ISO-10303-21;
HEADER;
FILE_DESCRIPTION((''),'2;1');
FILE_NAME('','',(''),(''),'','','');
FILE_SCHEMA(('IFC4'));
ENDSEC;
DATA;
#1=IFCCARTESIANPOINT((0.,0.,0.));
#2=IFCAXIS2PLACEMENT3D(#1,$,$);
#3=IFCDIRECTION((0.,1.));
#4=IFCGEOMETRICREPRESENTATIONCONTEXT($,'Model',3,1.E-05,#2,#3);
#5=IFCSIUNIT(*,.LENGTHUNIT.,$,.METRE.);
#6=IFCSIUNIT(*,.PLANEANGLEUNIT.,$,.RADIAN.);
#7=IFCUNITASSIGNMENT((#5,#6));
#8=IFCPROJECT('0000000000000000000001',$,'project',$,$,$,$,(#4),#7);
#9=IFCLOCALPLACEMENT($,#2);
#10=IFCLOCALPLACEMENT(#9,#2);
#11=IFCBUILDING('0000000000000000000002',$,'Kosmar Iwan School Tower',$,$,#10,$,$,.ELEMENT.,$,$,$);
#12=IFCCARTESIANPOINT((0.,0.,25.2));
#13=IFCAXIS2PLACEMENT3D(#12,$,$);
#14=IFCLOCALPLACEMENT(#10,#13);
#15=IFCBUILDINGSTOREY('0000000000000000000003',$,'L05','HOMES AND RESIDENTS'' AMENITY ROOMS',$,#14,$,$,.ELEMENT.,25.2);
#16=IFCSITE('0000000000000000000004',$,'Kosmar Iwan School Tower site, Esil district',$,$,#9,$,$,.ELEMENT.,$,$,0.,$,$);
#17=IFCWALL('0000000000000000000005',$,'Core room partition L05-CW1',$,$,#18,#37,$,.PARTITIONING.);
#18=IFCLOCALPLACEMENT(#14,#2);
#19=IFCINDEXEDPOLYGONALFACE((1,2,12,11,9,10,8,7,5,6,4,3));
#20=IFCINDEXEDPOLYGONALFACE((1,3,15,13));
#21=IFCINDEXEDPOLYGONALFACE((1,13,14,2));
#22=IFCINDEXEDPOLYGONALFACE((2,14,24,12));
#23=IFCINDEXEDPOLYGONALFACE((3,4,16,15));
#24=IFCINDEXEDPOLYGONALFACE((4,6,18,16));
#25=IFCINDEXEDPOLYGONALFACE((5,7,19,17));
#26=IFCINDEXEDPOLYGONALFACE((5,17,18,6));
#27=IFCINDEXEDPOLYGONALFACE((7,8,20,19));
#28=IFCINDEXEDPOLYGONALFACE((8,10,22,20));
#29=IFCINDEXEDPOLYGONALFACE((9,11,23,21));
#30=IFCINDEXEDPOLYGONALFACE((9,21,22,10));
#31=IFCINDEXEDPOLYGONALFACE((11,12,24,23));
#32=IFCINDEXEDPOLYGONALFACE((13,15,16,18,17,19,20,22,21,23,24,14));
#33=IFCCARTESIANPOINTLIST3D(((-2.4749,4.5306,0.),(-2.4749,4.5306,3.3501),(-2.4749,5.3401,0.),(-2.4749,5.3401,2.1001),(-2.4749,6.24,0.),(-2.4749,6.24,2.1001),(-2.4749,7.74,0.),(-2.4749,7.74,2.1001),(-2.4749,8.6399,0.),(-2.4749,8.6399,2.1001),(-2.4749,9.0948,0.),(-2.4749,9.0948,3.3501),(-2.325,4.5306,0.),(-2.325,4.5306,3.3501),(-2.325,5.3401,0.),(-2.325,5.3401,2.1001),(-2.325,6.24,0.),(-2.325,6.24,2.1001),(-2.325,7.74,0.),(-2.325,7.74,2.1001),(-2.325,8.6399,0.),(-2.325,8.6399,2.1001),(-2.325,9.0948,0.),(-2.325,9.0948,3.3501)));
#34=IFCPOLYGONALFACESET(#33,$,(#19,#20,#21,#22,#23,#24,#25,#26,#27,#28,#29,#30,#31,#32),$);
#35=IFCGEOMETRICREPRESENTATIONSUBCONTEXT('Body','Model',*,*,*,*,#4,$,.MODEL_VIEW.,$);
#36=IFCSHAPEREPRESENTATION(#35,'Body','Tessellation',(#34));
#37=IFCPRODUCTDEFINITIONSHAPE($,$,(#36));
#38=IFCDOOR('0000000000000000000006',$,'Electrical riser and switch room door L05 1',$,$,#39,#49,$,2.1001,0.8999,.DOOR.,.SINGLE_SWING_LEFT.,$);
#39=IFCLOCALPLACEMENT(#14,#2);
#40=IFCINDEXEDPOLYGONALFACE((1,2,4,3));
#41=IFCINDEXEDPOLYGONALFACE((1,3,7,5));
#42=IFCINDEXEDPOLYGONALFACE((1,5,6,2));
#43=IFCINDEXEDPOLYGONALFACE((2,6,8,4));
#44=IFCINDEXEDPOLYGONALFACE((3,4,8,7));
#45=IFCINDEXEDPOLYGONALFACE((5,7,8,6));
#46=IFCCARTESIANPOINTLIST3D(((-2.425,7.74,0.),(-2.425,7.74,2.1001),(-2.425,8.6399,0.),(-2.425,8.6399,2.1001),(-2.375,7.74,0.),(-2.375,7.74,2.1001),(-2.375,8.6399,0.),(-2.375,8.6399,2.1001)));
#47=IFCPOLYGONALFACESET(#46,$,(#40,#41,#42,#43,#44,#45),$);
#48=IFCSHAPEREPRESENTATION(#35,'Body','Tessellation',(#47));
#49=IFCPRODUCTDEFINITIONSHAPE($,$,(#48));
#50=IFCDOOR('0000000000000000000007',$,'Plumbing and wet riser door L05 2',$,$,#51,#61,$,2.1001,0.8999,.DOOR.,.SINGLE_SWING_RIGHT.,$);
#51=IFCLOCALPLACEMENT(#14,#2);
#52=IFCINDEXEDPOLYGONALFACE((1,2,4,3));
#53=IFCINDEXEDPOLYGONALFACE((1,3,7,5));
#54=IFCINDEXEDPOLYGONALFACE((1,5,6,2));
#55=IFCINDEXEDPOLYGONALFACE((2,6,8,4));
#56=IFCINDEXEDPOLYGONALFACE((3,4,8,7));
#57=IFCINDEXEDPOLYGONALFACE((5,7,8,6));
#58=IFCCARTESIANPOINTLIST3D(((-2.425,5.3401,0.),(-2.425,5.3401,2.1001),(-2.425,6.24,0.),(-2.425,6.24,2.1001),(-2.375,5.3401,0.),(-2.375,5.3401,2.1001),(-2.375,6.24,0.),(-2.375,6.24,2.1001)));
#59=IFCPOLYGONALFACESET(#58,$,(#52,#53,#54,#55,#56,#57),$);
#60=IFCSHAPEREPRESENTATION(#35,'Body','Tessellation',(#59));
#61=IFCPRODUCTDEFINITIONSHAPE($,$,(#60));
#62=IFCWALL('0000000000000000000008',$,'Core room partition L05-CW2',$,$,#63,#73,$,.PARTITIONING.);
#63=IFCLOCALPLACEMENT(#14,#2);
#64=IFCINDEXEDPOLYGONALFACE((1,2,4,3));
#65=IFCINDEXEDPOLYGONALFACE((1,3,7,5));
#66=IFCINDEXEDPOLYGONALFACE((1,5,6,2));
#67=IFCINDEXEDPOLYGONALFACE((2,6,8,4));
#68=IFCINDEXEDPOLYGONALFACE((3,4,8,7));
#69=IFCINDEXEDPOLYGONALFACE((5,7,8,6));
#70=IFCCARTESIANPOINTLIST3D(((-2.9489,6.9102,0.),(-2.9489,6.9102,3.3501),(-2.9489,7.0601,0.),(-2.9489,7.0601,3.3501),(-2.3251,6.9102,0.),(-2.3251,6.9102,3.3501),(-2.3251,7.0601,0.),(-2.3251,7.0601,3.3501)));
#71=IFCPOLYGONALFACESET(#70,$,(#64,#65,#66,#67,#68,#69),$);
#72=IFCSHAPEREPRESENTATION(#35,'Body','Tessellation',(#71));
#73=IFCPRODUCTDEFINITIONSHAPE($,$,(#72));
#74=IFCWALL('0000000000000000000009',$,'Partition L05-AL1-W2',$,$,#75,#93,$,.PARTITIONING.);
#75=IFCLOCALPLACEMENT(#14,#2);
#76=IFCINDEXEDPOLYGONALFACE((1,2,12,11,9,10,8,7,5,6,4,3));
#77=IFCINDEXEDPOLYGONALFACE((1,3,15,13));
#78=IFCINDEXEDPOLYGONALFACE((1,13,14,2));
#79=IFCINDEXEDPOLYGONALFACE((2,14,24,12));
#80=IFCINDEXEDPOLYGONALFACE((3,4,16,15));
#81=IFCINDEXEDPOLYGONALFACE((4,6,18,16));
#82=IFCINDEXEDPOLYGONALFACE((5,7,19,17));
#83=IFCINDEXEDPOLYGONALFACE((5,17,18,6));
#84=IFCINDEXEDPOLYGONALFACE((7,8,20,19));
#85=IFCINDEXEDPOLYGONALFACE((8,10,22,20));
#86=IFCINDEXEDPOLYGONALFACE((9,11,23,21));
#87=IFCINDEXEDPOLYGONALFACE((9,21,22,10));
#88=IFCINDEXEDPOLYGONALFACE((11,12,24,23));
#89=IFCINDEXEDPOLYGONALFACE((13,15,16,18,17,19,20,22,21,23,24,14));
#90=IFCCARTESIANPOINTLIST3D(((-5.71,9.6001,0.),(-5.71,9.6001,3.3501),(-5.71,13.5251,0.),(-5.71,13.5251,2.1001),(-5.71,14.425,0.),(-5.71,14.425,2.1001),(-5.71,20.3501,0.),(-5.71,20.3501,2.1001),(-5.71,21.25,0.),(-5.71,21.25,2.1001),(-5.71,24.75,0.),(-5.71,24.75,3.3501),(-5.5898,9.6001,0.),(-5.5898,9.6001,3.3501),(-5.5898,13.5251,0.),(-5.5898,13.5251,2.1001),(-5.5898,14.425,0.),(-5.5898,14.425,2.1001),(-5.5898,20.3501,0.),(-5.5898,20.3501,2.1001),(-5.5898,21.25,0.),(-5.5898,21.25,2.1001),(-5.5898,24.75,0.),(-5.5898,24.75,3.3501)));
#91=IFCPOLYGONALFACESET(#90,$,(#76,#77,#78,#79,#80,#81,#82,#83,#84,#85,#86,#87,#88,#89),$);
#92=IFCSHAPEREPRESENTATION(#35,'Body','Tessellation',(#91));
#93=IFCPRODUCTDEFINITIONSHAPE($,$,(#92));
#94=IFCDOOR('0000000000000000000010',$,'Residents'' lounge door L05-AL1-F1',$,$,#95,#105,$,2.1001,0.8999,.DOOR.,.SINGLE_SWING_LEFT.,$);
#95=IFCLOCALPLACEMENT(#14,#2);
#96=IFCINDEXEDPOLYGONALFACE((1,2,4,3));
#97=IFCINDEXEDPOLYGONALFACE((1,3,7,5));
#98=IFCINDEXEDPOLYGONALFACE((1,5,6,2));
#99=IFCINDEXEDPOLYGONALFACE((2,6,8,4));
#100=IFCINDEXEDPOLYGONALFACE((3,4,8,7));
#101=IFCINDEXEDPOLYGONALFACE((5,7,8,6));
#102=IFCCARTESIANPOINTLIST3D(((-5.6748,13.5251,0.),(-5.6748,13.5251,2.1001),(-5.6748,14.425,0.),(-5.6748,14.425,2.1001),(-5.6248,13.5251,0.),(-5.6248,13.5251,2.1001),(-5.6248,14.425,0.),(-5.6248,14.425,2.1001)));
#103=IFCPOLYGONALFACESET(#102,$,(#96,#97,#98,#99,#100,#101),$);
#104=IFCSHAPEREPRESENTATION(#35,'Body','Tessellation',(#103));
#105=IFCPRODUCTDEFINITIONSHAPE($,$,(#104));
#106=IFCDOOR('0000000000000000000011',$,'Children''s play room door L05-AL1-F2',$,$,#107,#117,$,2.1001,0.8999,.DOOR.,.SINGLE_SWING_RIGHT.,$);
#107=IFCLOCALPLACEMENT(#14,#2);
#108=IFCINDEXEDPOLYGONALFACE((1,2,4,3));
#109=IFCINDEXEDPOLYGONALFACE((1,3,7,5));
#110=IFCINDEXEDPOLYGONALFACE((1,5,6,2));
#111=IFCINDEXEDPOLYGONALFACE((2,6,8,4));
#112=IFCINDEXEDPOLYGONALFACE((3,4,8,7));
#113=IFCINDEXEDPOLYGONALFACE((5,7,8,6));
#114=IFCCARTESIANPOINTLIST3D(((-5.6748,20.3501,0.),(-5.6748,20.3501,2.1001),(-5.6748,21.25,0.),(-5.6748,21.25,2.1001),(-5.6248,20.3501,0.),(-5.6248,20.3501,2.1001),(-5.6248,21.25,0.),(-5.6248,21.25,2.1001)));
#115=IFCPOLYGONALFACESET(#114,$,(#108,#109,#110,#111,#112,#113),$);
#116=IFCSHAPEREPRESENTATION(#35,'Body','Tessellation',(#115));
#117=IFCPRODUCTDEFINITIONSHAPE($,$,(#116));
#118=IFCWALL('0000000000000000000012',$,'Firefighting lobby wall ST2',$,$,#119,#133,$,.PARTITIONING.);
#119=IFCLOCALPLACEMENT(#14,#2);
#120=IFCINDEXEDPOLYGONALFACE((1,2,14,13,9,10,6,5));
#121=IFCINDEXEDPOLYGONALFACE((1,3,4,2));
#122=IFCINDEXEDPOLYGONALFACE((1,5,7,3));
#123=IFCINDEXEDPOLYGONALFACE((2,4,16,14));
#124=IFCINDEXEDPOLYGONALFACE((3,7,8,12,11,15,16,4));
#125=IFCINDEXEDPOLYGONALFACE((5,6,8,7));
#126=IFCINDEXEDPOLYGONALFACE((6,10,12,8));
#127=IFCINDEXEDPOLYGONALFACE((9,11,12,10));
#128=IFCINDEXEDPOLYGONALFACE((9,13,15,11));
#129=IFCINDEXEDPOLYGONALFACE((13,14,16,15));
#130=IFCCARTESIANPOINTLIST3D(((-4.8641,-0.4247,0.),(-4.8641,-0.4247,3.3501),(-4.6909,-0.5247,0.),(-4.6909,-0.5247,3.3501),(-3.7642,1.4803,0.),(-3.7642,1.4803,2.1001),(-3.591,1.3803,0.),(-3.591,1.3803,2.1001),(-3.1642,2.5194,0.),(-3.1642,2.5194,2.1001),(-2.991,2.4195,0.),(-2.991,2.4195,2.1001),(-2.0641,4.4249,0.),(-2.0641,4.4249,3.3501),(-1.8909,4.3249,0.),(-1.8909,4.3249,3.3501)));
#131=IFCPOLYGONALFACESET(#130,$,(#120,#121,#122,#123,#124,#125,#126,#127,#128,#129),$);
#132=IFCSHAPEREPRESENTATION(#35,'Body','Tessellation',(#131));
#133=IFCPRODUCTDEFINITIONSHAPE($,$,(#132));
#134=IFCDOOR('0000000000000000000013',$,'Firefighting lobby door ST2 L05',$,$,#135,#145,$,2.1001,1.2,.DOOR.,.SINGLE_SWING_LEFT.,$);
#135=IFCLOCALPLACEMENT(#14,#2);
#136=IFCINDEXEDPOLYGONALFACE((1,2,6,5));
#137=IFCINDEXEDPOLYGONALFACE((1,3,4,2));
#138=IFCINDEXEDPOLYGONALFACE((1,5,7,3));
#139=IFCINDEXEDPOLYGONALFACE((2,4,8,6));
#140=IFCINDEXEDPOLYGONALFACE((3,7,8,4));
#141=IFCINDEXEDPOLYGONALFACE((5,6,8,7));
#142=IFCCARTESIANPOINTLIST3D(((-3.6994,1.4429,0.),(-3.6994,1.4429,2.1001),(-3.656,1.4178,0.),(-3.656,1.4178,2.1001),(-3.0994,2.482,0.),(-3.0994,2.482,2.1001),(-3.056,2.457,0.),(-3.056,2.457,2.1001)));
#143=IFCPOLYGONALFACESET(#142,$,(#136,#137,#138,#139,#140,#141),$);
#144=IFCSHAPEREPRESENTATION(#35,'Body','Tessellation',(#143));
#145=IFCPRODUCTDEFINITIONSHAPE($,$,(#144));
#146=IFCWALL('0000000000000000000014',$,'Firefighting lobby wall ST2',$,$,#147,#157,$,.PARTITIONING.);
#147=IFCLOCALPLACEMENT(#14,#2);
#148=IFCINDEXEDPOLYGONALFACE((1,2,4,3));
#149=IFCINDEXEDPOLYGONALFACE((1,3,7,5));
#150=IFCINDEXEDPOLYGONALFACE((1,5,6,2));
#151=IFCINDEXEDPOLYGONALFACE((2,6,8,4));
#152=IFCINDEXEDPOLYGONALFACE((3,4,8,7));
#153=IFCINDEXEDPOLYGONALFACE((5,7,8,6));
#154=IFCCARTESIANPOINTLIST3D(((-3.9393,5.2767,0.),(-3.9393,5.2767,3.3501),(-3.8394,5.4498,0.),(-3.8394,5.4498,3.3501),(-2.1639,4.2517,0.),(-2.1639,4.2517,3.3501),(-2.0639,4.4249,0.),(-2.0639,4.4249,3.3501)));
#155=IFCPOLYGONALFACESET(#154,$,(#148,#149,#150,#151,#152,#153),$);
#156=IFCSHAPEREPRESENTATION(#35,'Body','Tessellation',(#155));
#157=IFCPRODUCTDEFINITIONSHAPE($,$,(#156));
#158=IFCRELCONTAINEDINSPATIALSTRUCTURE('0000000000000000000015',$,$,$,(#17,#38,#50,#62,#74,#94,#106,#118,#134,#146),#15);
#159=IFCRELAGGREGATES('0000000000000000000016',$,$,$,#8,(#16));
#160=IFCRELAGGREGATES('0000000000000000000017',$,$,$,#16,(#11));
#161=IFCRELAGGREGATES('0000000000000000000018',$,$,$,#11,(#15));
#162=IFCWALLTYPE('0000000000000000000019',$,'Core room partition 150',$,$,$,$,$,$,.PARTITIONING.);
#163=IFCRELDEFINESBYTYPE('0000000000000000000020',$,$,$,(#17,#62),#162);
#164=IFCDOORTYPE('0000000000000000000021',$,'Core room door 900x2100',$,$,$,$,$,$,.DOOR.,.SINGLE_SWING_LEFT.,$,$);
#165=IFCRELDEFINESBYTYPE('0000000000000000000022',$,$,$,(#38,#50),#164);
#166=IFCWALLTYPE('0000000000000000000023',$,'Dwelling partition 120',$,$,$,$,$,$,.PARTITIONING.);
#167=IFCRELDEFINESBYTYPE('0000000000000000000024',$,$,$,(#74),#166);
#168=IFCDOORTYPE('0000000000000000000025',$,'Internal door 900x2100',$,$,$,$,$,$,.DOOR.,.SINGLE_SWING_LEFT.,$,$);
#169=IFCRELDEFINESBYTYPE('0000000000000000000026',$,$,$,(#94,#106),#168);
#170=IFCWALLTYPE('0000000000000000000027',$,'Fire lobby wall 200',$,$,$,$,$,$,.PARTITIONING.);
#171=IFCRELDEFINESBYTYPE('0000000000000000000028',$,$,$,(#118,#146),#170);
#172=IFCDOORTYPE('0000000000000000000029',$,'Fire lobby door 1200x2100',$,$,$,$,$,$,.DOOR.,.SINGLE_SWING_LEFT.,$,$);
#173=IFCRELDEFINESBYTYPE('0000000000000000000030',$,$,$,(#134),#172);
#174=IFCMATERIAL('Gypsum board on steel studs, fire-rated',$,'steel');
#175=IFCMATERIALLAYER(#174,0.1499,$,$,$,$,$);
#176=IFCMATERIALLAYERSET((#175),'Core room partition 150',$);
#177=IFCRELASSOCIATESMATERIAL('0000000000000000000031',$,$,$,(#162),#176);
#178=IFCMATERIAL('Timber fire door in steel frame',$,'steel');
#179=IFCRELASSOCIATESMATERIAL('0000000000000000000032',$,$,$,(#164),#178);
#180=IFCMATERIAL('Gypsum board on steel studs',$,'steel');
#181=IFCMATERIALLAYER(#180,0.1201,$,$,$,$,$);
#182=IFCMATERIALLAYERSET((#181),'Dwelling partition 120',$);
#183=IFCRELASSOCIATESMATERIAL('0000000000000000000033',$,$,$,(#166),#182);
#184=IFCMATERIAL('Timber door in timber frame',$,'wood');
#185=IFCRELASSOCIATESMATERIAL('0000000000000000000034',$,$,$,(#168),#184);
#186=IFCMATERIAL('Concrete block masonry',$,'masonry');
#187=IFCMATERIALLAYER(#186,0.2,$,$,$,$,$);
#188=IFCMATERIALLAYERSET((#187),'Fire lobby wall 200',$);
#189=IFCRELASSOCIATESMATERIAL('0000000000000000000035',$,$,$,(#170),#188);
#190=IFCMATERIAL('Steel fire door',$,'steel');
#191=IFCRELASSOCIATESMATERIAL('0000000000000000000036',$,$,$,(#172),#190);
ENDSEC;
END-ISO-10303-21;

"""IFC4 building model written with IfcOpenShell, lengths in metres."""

from ifc_helpers import new_model, si_unit, direction, frame, frame_2d, origin, place, context, subcontext, project, spatial, rectangle, extrude, material, layer, layer_set, type_object, element, fill, save


model = new_model("IFC4")

# Units and contexts
model_context = context("Model", 3, precision=1e-05, world=origin(), true_north=direction((0.0, 1.0)))
body_context = subcontext(model_context, "Body", "Model", "MODEL_VIEW")
ifc_project = project(units=[si_unit("LENGTHUNIT", "METRE"), si_unit("PLANEANGLEUNIT", "RADIAN")], contexts=[model_context])

# Site, building, storey
site_placement = place(None, origin())
site = spatial("IfcSite", under=ifc_project, at=site_placement, Name="Kosmar Iwan School Tower site, Esil district", CompositionType="ELEMENT", RefElevation=0.0)
building_placement = place(site_placement, origin())
building = spatial("IfcBuilding", under=site, at=building_placement, Name="Kosmar Iwan School Tower", CompositionType="ELEMENT")
storey_placement = place(building_placement, frame((0.0, 0.0, 25.2)))
storey = spatial("IfcBuildingStorey", under=building, at=storey_placement, Name="L05", Description="HOMES AND RESIDENTS' AMENITY ROOMS", CompositionType="ELEMENT", Elevation=25.2)

# Wall, openings, doors
ifc_material_1 = material(Name="Gypsum board on steel studs, fire-rated", Category="steel")
ifc_layer_1 = layer(ifc_material_1, 0.1499)
ifc_layer_set_1 = layer_set([ifc_layer_1], Name="Core room partition 150")
wall_type_1 = type_object("IfcWallType", Name="Core room partition 150", PredefinedType="PARTITIONING", material=ifc_layer_set_1)
wall_1_placement = place(storey_placement, frame((-2.3999, 9.095, 0.0), z_axis=(0.0, 0.0, 1.0), x_axis=(0.0, -1.0, 0.0)))
wall_1 = element("IfcWall", 1, at=wall_1_placement, inside=storey, type_object=wall_type_1, Name="Core room partition L05-CW1", PredefinedType="PARTITIONING", context=body_context, shape_type="SweptSolid", body=[
    extrude(rectangle(XDim=4.5642, YDim=0.1499, at=frame_2d((2.2822, 0.0))), origin(), (0.0, 0.0, 1.0), 3.3501),
])
opening_1_placement = place(wall_1_placement, frame((0.4551, 0.0, 0.0)))
opening_1 = element("IfcOpeningElement", 2, at=opening_1_placement, cuts=wall_1, PredefinedType="OPENING", context=body_context, shape_type="SweptSolid", body=[
    extrude(rectangle(XDim=0.8999, YDim=2.1001, at=frame_2d((0.45, 1.05))), frame((0.0, 0.0869, 0.0), z_axis=(0.0, -1.0, 0.0), x_axis=(1.0, 0.0, 0.0)), (0.0, 0.0, 1.0), 0.1738),
])
opening_2_placement = place(wall_1_placement, frame((2.855, 0.0, 0.0)))
opening_2 = element("IfcOpeningElement", 3, at=opening_2_placement, cuts=wall_1, PredefinedType="OPENING", context=body_context, shape_type="SweptSolid", body=[
    extrude(rectangle(XDim=0.8999, YDim=2.1001, at=frame_2d((0.45, 1.05))), frame((0.0, 0.0869, 0.0), z_axis=(0.0, -1.0, 0.0), x_axis=(1.0, 0.0, 0.0)), (0.0, 0.0, 1.0), 0.1738),
])
ifc_material_2 = material(Name="Timber fire door in steel frame", Category="steel")
door_type_1 = type_object("IfcDoorType", Name="Core room door 900x2100", OperationType="SINGLE_SWING_LEFT", PredefinedType="DOOR", material=ifc_material_2)
door_1_placement = place(opening_1_placement, origin())
door_1 = element("IfcDoor", 4, at=door_1_placement, inside=storey, type_object=door_type_1, Name="Electrical riser and switch room door L05 1", OperationType="SINGLE_SWING_LEFT", OverallHeight=2.1001, OverallWidth=0.8999, PredefinedType="DOOR", context=body_context, shape_type="SweptSolid", body=[
    extrude(rectangle(XDim=0.8999, YDim=2.1001, at=frame_2d((0.45, 1.05))), frame((0.0, 0.0249, 0.0), z_axis=(0.0, -1.0, 0.0), x_axis=(1.0, 0.0, 0.0)), (0.0, 0.0, 1.0), 0.05),
])
fill(opening_1, door_1)
door_2_placement = place(opening_2_placement, origin())
door_2 = element("IfcDoor", 5, at=door_2_placement, inside=storey, type_object=door_type_1, Name="Plumbing and wet riser door L05 2", OperationType="SINGLE_SWING_RIGHT", OverallHeight=2.1001, OverallWidth=0.8999, PredefinedType="DOOR", context=body_context, shape_type="SweptSolid", body=[
    extrude(rectangle(XDim=0.8999, YDim=2.1001, at=frame_2d((0.45, 1.05))), frame((0.0, 0.0249, 0.0), z_axis=(0.0, -1.0, 0.0), x_axis=(1.0, 0.0, 0.0)), (0.0, 0.0, 1.0), 0.05),
])
fill(opening_2, door_2)

# Wall
wall_2_placement = place(storey_placement, frame((-2.325, 6.9851, 0.0), z_axis=(0.0, 0.0, 1.0), x_axis=(-1.0, 0.0, 0.0)))
element("IfcWall", 6, at=wall_2_placement, inside=storey, type_object=wall_type_1, Name="Core room partition L05-CW2", PredefinedType="PARTITIONING", context=body_context, shape_type="SweptSolid", body=[
    extrude(rectangle(XDim=0.6238, YDim=0.1499, at=frame_2d((0.312, 0.0))), origin(), (0.0, 0.0, 1.0), 3.3501),
])

# Wall, openings, doors
ifc_material_3 = material(Name="Gypsum board on steel studs", Category="steel")
ifc_layer_2 = layer(ifc_material_3, 0.1201)
ifc_layer_set_2 = layer_set([ifc_layer_2], Name="Dwelling partition 120")
wall_type_2 = type_object("IfcWallType", Name="Dwelling partition 120", PredefinedType="PARTITIONING", material=ifc_layer_set_2)
wall_3_placement = place(storey_placement, frame((-5.6499, 9.6001, 0.0), z_axis=(0.0, 0.0, 1.0), x_axis=(0.0, 1.0, 0.0)))
wall_3 = element("IfcWall", 7, at=wall_3_placement, inside=storey, type_object=wall_type_2, Name="Partition L05-AL1-W2", PredefinedType="PARTITIONING", context=body_context, shape_type="SweptSolid", body=[
    extrude(rectangle(XDim=15.1499, YDim=0.1201, at=frame_2d((7.575, 0.0))), origin(), (0.0, 0.0, 1.0), 3.3501),
])
opening_3_placement = place(wall_3_placement, frame((3.925, 0.0, 0.0)))
opening_3 = element("IfcOpeningElement", 8, at=opening_3_placement, cuts=wall_3, PredefinedType="OPENING", context=body_context, shape_type="SweptSolid", body=[
    extrude(rectangle(XDim=0.8999, YDim=2.1001, at=frame_2d((0.45, 1.05))), frame((0.0, 0.072, 0.0), z_axis=(0.0, -1.0, 0.0), x_axis=(1.0, 0.0, 0.0)), (0.0, 0.0, 1.0), 0.144),
])
opening_4_placement = place(wall_3_placement, frame((10.75, 0.0, 0.0)))
opening_4 = element("IfcOpeningElement", 9, at=opening_4_placement, cuts=wall_3, PredefinedType="OPENING", context=body_context, shape_type="SweptSolid", body=[
    extrude(rectangle(XDim=0.8999, YDim=2.1001, at=frame_2d((0.45, 1.05))), frame((0.0, 0.072, 0.0), z_axis=(0.0, -1.0, 0.0), x_axis=(1.0, 0.0, 0.0)), (0.0, 0.0, 1.0), 0.144),
])
ifc_material_4 = material(Name="Timber door in timber frame", Category="wood")
door_type_2 = type_object("IfcDoorType", Name="Internal door 900x2100", OperationType="SINGLE_SWING_LEFT", PredefinedType="DOOR", material=ifc_material_4)
door_3_placement = place(opening_3_placement, origin())
door_3 = element("IfcDoor", 10, at=door_3_placement, inside=storey, type_object=door_type_2, Name="Residents' lounge door L05-AL1-F1", OperationType="SINGLE_SWING_LEFT", OverallHeight=2.1001, OverallWidth=0.8999, PredefinedType="DOOR", context=body_context, shape_type="SweptSolid", body=[
    extrude(rectangle(XDim=0.8999, YDim=2.1001, at=frame_2d((0.45, 1.05))), frame((0.0, 0.0249, 0.0), z_axis=(0.0, -1.0, 0.0), x_axis=(1.0, 0.0, 0.0)), (0.0, 0.0, 1.0), 0.05),
])
fill(opening_3, door_3)
door_4_placement = place(opening_4_placement, origin())
door_4 = element("IfcDoor", 11, at=door_4_placement, inside=storey, type_object=door_type_2, Name="Children's play room door L05-AL1-F2", OperationType="SINGLE_SWING_RIGHT", OverallHeight=2.1001, OverallWidth=0.8999, PredefinedType="DOOR", context=body_context, shape_type="SweptSolid", body=[
    extrude(rectangle(XDim=0.8999, YDim=2.1001, at=frame_2d((0.45, 1.05))), frame((0.0, 0.0249, 0.0), z_axis=(0.0, -1.0, 0.0), x_axis=(1.0, 0.0, 0.0)), (0.0, 0.0, 1.0), 0.05),
])
fill(opening_4, door_4)

# Wall, opening, door
ifc_material_5 = material(Name="Concrete block masonry", Category="masonry")
ifc_layer_3 = layer(ifc_material_5, 0.2)
ifc_layer_set_3 = layer_set([ifc_layer_3], Name="Fire lobby wall 200")
wall_type_3 = type_object("IfcWallType", Name="Fire lobby wall 200", PredefinedType="PARTITIONING", material=ifc_layer_set_3)
wall_4_placement = place(storey_placement, frame((-1.9775, 4.3748, 0.0), z_axis=(0.0, 0.0, 1.0), x_axis=(-0.500017, -0.866016, 0.0)))
wall_4 = element("IfcWall", 12, at=wall_4_placement, inside=storey, type_object=wall_type_3, Name="Firefighting lobby wall ST2", PredefinedType="PARTITIONING", context=body_context, shape_type="SweptSolid", body=[
    extrude(rectangle(XDim=5.5999, YDim=0.2, at=frame_2d((2.7998, 0.0))), origin(), (0.0, 0.0, 1.0), 3.3501),
])
opening_5_placement = place(wall_4_placement, frame((2.2, 0.0, 0.0)))
opening_5 = element("IfcOpeningElement", 13, at=opening_5_placement, cuts=wall_4, PredefinedType="OPENING", context=body_context, shape_type="SweptSolid", body=[
    extrude(rectangle(XDim=1.2, YDim=2.1001, at=frame_2d((0.6001, 1.05))), frame((0.0, 0.1121, 0.0), z_axis=(0.0, -1.0, 0.0), x_axis=(1.0, 0.0, 0.0)), (0.0, 0.0, 1.0), 0.2239),
])
ifc_material_6 = material(Name="Steel fire door", Category="steel")
door_type_3 = type_object("IfcDoorType", Name="Fire lobby door 1200x2100", OperationType="SINGLE_SWING_LEFT", PredefinedType="DOOR", material=ifc_material_6)
door_5_placement = place(opening_5_placement, origin())
door_5 = element("IfcDoor", 14, at=door_5_placement, inside=storey, type_object=door_type_3, Name="Firefighting lobby door ST2 L05", OperationType="SINGLE_SWING_LEFT", OverallHeight=2.1001, OverallWidth=1.2, PredefinedType="DOOR", context=body_context, shape_type="SweptSolid", body=[
    extrude(rectangle(XDim=1.2, YDim=2.1001, at=frame_2d((0.6001, 1.05))), frame((0.0, 0.0249, 0.0), z_axis=(0.0, -1.0, 0.0), x_axis=(1.0, 0.0, 0.0)), (0.0, 0.0, 1.0), 0.05),
])
fill(opening_5, door_5)

# Wall
wall_5_placement = place(storey_placement, frame((-2.114, 4.3384, 0.0), z_axis=(0.0, 0.0, 1.0), x_axis=(-0.866051, 0.499956, 0.0)))
element("IfcWall", 15, at=wall_5_placement, inside=storey, type_object=wall_type_3, Name="Firefighting lobby wall ST2", PredefinedType="PARTITIONING", context=body_context, shape_type="SweptSolid", body=[
    extrude(rectangle(XDim=2.05, YDim=0.2, at=frame_2d((1.0249, 0.0))), origin(), (0.0, 0.0, 1.0), 3.3501),
])

save(model, "model.ifc")
